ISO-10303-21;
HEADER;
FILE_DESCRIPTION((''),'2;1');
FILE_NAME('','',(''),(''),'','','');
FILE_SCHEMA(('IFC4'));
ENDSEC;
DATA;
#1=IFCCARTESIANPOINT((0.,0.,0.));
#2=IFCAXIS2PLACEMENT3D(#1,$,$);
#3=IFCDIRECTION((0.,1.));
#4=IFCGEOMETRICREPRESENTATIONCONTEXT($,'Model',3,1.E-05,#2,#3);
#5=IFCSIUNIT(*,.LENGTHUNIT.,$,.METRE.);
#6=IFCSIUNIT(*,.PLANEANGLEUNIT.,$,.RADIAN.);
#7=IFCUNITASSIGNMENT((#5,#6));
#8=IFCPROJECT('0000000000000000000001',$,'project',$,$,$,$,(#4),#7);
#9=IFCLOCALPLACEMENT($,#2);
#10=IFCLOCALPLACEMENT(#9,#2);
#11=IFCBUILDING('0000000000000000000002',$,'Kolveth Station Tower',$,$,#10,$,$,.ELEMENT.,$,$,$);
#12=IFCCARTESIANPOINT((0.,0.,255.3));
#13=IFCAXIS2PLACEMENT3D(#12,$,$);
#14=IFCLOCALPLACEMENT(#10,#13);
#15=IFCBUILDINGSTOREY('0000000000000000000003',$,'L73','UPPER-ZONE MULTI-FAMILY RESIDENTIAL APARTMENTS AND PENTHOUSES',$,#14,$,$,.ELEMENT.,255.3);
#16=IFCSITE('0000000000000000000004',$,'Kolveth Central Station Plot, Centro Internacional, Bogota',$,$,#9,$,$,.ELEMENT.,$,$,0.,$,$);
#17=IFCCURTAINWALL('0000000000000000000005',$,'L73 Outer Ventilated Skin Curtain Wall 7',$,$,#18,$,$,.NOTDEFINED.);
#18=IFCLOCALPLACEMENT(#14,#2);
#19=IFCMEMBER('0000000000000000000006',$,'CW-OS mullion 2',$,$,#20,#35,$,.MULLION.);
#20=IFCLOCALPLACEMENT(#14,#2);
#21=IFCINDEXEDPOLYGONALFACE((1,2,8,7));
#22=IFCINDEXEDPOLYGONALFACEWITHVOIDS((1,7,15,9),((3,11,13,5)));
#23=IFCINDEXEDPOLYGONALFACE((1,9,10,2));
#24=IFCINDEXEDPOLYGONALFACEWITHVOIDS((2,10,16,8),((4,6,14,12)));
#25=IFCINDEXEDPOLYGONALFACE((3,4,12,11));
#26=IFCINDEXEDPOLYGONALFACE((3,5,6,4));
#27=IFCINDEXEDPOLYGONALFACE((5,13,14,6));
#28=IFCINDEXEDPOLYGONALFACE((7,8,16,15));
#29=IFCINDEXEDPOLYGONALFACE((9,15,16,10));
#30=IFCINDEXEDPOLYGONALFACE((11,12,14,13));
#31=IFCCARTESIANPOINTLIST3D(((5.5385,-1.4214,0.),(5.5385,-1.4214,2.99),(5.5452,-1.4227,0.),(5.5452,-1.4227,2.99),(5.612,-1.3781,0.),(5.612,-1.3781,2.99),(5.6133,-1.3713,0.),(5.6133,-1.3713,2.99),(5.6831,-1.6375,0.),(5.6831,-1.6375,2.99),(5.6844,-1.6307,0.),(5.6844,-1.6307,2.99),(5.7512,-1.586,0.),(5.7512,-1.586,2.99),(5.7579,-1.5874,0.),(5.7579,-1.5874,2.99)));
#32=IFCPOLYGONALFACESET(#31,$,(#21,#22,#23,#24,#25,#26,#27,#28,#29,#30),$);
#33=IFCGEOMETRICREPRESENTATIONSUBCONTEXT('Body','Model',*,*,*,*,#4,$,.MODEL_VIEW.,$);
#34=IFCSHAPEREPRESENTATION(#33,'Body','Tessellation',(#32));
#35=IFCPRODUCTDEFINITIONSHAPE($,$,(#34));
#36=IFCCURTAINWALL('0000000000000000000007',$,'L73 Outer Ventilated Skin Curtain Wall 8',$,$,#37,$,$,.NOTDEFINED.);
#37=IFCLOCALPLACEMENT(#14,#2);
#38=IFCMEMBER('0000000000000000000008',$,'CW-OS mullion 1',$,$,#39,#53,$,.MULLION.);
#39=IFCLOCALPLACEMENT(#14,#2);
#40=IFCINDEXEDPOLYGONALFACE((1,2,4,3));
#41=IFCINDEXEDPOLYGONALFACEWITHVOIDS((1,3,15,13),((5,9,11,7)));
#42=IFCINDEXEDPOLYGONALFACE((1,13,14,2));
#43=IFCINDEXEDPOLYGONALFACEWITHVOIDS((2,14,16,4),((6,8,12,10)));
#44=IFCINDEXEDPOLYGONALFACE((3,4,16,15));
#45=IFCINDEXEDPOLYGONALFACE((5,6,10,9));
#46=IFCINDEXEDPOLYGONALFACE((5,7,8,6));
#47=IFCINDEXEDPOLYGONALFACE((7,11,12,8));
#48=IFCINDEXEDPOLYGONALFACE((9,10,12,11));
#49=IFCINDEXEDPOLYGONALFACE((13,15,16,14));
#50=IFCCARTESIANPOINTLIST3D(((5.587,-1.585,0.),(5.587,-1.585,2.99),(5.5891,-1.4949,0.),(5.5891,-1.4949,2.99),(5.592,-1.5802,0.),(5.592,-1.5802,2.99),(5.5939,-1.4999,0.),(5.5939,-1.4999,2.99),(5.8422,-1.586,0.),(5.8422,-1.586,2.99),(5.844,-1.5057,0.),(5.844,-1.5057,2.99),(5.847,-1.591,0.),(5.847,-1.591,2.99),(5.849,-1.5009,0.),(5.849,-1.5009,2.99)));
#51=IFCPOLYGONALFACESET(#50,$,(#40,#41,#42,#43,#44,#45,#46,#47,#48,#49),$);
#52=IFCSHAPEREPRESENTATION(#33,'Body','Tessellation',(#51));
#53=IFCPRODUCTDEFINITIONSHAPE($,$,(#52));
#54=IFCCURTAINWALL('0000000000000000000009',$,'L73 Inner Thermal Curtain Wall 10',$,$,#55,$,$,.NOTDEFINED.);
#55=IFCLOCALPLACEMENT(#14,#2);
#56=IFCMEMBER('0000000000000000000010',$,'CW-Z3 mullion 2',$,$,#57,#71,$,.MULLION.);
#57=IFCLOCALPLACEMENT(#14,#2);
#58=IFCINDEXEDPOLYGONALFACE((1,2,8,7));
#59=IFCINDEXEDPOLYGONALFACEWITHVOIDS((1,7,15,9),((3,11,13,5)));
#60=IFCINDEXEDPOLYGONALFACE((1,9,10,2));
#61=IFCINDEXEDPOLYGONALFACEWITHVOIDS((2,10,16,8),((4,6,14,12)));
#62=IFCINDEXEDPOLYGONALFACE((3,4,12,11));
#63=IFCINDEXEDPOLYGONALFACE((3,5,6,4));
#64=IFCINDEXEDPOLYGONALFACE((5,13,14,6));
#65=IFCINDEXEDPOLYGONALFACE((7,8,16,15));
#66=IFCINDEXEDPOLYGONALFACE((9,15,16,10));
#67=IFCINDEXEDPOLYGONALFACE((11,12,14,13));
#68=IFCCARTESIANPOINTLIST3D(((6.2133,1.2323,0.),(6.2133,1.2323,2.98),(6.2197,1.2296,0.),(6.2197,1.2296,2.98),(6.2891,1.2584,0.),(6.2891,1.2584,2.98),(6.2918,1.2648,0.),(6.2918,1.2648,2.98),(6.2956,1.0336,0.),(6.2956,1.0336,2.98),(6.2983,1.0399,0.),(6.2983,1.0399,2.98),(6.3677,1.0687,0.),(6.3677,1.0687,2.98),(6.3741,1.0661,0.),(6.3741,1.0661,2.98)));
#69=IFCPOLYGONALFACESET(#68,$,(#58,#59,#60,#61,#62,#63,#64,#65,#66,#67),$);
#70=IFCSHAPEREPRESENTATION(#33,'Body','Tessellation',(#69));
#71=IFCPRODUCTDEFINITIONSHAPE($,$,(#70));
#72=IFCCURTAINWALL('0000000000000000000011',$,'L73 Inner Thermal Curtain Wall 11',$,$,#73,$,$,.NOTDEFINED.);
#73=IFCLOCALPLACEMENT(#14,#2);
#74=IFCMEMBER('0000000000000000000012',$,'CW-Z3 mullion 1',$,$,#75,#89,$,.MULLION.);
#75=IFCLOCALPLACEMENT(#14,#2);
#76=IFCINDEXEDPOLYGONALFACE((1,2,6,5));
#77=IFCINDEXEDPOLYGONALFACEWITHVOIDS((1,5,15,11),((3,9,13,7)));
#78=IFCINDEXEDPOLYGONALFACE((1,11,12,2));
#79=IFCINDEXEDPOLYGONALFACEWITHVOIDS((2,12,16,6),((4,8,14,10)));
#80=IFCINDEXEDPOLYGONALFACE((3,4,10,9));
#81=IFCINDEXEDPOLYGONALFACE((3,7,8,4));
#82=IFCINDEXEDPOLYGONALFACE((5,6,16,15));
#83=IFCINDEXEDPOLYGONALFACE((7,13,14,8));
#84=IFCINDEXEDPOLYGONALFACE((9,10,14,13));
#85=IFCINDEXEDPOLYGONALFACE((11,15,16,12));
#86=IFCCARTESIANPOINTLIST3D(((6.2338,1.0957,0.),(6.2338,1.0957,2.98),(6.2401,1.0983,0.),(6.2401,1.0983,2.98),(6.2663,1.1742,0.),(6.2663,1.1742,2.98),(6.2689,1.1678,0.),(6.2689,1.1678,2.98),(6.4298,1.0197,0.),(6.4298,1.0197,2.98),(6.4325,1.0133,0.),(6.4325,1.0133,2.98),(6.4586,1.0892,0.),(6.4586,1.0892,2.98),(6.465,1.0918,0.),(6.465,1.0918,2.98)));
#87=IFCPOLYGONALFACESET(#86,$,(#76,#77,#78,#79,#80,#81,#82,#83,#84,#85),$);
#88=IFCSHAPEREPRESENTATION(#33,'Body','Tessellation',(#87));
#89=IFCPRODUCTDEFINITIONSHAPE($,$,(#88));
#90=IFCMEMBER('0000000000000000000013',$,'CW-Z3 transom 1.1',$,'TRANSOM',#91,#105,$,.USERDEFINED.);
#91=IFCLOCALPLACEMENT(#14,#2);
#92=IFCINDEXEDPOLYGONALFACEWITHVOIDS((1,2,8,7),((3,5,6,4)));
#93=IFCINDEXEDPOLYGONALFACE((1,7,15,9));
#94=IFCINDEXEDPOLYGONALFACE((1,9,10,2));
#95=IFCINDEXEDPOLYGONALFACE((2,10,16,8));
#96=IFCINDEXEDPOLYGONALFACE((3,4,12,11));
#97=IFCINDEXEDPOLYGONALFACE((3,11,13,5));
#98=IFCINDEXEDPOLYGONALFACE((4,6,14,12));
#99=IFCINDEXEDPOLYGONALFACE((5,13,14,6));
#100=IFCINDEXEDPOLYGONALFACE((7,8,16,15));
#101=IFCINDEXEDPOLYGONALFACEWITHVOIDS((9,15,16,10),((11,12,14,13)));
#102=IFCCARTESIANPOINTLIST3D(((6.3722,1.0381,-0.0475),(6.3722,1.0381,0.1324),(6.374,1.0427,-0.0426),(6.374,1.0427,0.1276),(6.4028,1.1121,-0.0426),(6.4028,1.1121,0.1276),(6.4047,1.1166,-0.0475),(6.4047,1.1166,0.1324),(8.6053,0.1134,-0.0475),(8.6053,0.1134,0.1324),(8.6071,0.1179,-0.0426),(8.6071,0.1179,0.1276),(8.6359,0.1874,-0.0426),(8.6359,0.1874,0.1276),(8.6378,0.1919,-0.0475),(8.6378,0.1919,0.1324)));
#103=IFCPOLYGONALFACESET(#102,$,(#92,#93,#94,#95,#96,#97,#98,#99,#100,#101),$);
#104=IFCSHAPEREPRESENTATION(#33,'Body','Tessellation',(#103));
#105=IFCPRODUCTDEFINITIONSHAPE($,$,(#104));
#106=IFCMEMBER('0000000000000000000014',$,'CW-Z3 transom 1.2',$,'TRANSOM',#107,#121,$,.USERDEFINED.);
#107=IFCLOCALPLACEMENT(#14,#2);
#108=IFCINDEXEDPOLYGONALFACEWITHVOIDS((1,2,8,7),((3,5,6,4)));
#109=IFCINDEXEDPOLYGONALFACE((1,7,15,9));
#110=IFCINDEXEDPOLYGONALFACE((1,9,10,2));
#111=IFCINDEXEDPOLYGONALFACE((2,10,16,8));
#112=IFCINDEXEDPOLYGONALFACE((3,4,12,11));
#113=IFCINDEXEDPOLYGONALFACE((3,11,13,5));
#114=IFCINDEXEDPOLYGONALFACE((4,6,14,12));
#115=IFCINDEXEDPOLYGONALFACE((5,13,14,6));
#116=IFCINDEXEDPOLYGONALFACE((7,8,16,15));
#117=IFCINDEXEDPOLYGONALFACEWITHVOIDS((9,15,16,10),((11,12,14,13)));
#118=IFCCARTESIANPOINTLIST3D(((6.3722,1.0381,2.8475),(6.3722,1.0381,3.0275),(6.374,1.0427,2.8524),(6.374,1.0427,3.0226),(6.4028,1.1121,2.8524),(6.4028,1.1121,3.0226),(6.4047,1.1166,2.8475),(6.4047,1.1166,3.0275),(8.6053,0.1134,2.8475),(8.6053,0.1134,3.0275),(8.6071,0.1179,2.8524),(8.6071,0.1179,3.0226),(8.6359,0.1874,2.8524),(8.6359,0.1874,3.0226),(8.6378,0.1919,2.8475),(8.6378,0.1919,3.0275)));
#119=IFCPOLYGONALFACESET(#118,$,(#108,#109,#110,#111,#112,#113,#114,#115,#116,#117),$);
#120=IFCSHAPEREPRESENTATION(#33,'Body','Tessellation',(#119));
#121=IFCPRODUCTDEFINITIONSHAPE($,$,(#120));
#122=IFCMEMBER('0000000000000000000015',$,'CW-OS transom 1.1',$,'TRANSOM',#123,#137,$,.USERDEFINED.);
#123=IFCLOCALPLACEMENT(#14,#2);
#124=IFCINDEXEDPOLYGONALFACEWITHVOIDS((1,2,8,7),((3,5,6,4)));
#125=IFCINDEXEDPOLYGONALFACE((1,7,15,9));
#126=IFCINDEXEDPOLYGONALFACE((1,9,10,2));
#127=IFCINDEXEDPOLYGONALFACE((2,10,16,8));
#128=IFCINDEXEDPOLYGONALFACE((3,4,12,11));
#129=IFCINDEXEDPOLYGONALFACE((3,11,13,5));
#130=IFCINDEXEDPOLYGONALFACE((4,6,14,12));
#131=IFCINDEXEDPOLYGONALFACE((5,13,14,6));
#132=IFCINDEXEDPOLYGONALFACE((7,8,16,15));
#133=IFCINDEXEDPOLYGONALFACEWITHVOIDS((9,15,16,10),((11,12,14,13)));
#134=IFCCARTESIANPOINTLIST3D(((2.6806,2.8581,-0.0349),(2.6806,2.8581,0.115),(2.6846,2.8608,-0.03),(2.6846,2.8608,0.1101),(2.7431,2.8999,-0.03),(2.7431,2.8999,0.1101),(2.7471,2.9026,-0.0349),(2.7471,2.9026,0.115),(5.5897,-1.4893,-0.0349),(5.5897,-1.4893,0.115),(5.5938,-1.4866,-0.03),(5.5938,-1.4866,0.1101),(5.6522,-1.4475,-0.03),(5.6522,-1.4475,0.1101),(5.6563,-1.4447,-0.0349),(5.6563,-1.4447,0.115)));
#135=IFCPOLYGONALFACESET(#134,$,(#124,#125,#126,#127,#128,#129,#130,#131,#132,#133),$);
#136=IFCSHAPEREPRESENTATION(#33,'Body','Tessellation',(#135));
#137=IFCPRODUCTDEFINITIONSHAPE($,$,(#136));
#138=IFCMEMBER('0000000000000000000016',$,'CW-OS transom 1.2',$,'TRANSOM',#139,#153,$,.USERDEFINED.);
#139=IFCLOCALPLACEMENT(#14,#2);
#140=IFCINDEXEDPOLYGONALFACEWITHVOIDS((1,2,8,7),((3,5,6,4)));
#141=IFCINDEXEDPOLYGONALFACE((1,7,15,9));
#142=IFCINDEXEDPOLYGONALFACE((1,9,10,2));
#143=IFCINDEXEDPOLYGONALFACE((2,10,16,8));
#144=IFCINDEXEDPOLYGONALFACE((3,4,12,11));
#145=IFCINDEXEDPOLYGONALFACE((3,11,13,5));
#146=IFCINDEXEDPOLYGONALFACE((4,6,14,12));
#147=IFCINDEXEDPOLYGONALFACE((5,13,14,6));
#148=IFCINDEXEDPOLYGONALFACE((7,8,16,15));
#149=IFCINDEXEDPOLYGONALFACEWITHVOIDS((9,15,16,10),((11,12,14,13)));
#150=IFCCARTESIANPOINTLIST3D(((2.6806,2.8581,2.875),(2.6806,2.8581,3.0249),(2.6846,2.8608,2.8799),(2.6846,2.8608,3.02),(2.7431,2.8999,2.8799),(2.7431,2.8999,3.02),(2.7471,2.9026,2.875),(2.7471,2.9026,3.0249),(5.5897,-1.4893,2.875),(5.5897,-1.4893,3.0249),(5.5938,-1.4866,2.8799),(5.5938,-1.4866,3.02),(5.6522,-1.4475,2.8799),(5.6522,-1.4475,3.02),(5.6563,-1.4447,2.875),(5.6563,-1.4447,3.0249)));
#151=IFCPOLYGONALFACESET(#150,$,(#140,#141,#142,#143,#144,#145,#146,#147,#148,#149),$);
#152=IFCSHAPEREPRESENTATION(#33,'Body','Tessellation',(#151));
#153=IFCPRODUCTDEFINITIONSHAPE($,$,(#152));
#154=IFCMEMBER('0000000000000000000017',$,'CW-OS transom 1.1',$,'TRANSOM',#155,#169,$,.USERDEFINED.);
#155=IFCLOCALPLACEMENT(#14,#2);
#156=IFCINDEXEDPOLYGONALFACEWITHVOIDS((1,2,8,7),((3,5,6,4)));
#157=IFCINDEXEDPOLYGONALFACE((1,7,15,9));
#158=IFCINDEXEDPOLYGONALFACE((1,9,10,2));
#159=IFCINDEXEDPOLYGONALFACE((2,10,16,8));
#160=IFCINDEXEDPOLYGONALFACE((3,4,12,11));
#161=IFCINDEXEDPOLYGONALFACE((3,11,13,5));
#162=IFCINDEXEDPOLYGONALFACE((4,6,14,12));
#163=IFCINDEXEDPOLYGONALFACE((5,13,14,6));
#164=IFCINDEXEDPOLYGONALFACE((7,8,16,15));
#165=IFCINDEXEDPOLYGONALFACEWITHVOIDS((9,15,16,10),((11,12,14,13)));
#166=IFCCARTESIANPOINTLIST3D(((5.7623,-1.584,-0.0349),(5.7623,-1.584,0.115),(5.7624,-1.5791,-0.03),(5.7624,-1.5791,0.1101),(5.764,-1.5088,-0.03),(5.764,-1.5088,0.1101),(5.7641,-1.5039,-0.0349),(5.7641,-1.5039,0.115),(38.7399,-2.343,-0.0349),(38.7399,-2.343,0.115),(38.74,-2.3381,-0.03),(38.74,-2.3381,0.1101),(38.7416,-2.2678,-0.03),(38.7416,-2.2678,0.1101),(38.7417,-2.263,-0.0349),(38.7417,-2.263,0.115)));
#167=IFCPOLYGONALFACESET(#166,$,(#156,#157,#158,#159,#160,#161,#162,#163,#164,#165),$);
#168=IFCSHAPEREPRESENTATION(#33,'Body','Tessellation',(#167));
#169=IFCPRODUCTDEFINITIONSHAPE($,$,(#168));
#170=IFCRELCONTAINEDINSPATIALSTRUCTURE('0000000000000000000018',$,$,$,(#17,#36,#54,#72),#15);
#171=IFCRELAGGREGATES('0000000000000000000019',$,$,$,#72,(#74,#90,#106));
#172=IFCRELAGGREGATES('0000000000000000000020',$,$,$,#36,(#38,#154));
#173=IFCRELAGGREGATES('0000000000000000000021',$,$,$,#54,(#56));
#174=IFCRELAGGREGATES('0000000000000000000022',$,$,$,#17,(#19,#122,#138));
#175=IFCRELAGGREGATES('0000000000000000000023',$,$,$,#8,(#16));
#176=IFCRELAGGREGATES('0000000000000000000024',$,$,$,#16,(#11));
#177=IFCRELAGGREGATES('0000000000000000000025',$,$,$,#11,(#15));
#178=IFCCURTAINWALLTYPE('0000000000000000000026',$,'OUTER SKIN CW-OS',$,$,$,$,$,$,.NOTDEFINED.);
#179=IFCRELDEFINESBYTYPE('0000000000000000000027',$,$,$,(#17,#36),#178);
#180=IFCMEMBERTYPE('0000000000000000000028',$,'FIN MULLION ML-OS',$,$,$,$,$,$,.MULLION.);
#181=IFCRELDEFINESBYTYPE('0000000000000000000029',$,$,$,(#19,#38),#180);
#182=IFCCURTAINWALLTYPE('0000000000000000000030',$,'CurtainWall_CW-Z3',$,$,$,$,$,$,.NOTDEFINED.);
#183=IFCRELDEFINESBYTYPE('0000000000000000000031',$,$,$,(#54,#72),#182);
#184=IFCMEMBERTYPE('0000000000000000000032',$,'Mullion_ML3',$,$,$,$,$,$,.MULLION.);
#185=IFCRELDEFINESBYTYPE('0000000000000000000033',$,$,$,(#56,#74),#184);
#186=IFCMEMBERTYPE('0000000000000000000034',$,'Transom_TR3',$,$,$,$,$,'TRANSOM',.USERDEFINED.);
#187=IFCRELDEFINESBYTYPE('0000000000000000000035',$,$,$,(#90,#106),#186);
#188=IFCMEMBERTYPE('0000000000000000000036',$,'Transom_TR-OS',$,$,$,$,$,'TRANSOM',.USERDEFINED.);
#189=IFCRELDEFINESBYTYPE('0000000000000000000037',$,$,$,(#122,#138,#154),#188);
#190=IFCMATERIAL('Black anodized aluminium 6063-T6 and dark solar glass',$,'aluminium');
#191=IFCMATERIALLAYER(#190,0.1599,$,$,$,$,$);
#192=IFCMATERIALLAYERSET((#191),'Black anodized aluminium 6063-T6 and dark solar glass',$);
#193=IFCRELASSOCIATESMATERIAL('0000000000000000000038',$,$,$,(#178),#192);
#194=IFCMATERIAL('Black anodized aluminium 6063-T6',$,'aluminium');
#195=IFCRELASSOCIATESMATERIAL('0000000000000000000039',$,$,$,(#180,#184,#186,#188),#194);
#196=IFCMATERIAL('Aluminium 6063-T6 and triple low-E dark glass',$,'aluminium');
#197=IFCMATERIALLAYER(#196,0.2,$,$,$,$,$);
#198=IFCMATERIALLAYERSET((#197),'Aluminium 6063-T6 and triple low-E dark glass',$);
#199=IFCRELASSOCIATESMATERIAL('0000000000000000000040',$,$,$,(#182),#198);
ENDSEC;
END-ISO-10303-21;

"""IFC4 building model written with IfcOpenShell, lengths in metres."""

from ifc_helpers import new_model, si_unit, direction, frame, origin, origin_2d, place, context, subcontext, project, spatial, hollow_rectangle, extrude, source, transform, mapped, material, layer, layer_set, material_profile, profile_set, type_object, element, aggregate, save


model = new_model("IFC4")

# Units and contexts
model_context = context("Model", 3, precision=1e-05, world=origin(), true_north=direction((0.0, 1.0)))
body_context = subcontext(model_context, "Body", "Model", "MODEL_VIEW")
ifc_project = project(units=[si_unit("LENGTHUNIT", "METRE"), si_unit("PLANEANGLEUNIT", "RADIAN")], contexts=[model_context])

# Site, building, storey
site_placement = place(None, origin())
site = spatial("IfcSite", under=ifc_project, at=site_placement, Name="Kolveth Central Station Plot, Centro Internacional, Bogota", CompositionType="ELEMENT", RefElevation=0.0)
building_placement = place(site_placement, origin())
building = spatial("IfcBuilding", under=site, at=building_placement, Name="Kolveth Station Tower", CompositionType="ELEMENT")
storey_placement = place(building_placement, frame((0.0, 0.0, 255.3)))
storey = spatial("IfcBuildingStorey", under=building, at=storey_placement, Name="L73", Description="UPPER-ZONE MULTI-FAMILY RESIDENTIAL APARTMENTS AND PENTHOUSES", CompositionType="ELEMENT", Elevation=255.3)

# Curtain walls, members
ifc_material_1 = material(Name="Black anodized aluminium 6063-T6 and dark solar glass", Category="aluminium")
ifc_layer_1 = layer(ifc_material_1, 0.1599)
ifc_layer_set_1 = layer_set([ifc_layer_1], Name="Black anodized aluminium 6063-T6 and dark solar glass")
curtain_wall_type_1 = type_object("IfcCurtainWallType", Name="OUTER SKIN CW-OS", PredefinedType="NOTDEFINED", material=ifc_layer_set_1)
curtain_wall_1_placement = place(storey_placement, origin())
curtain_wall_1 = element("IfcCurtainWall", 1, at=curtain_wall_1_placement, inside=storey, type_object=curtain_wall_type_1, Name="L73 Outer Ventilated Skin Curtain Wall 7", PredefinedType="NOTDEFINED")
ifc_material_2 = material(Name="Black anodized aluminium 6063-T6", Category="aluminium")
ifc_material_profile_1 = material_profile(ifc_material_2, hollow_rectangle(XDim=0.0901, YDim=0.26, WallThickness=0.0049, at=origin_2d()), Name="ALU-90x260x5")
ifc_profile_set_1 = profile_set([ifc_material_profile_1], Name="Black anodized aluminium 6063-T6")
member_type_1 = type_object("IfcMemberType", Name="FIN MULLION ML-OS", PredefinedType="MULLION", material=ifc_profile_set_1)
shared_shape_1 = source(origin(), body_context, "Body", "SweptSolid", [
    extrude(hollow_rectangle(XDim=0.0901, YDim=0.26, WallThickness=0.0049, at=origin_2d()), origin(), (0.0, 0.0, 1.0), 2.99),
])
member_1_placement = place(storey_placement, frame((5.6482, -1.5044, 0.0), z_axis=(0.0, 0.0, 1.0), x_axis=(0.831094, 0.556132, 0.0)))
member_1 = element("IfcMember", 2, at=member_1_placement, type_object=member_type_1, Name="CW-OS mullion 2", PredefinedType="MULLION", context=body_context, shape_type="MappedRepresentation", body=[
    mapped(shared_shape_1, transform((0.0, 0.0, 0.0), x_axis=(1.0, 0.0, 0.0), y_axis=(0.0, 1.0, 0.0), z_axis=(0.0, 0.0, 1.0), scale=1.0)),
])
curtain_wall_2_placement = place(storey_placement, origin())
curtain_wall_2 = element("IfcCurtainWall", 3, at=curtain_wall_2_placement, inside=storey, type_object=curtain_wall_type_1, Name="L73 Outer Ventilated Skin Curtain Wall 8", PredefinedType="NOTDEFINED")
member_2_placement = place(storey_placement, frame((5.718, -1.543, 0.0), z_axis=(0.0, 0.0, 1.0), x_axis=(0.023011, 0.999735, 0.0)))
member_2 = element("IfcMember", 4, at=member_2_placement, type_object=member_type_1, Name="CW-OS mullion 1", PredefinedType="MULLION", context=body_context, shape_type="MappedRepresentation", body=[
    mapped(shared_shape_1, transform((0.0, 0.0, 0.0), x_axis=(1.0, 0.0, 0.0), y_axis=(0.0, 1.0, 0.0), z_axis=(0.0, 0.0, 1.0), scale=1.0)),
])
ifc_material_3 = material(Name="Aluminium 6063-T6 and triple low-E dark glass", Category="aluminium")
ifc_layer_2 = layer(ifc_material_3, 0.2)
ifc_layer_set_2 = layer_set([ifc_layer_2], Name="Aluminium 6063-T6 and triple low-E dark glass")
curtain_wall_type_2 = type_object("IfcCurtainWallType", Name="CurtainWall_CW-Z3", PredefinedType="NOTDEFINED", material=ifc_layer_set_2)
curtain_wall_3_placement = place(storey_placement, origin())
curtain_wall_3 = element("IfcCurtainWall", 5, at=curtain_wall_3_placement, inside=storey, type_object=curtain_wall_type_2, Name="L73 Inner Thermal Curtain Wall 10", PredefinedType="NOTDEFINED")
ifc_material_profile_2 = material_profile(ifc_material_2, hollow_rectangle(XDim=0.085, YDim=0.2151, WallThickness=0.0049, at=origin_2d()), Name="ALU-85x215x5")
ifc_profile_set_2 = profile_set([ifc_material_profile_2], Name="Black anodized aluminium 6063-T6")
member_type_2 = type_object("IfcMemberType", Name="Mullion_ML3", PredefinedType="MULLION", material=ifc_profile_set_2)
shared_shape_2 = source(origin(), body_context, "Body", "SweptSolid", [
    extrude(hollow_rectangle(XDim=0.085, YDim=0.2151, WallThickness=0.0049, at=origin_2d()), origin(), (0.0, 0.0, 1.0), 2.98),
])
member_3_placement = place(storey_placement, frame((6.2937, 1.1492, 0.0), z_axis=(0.0, 0.0, 1.0), x_axis=(0.923875, 0.382693, 0.0)))
member_3 = element("IfcMember", 6, at=member_3_placement, type_object=member_type_2, Name="CW-Z3 mullion 2", PredefinedType="MULLION", context=body_context, shape_type="MappedRepresentation", body=[
    mapped(shared_shape_2, transform((0.0, 0.0, 0.0), x_axis=(1.0, 0.0, 0.0), y_axis=(0.0, 1.0, 0.0), z_axis=(0.0, 0.0, 1.0), scale=1.0)),
])

# Curtain wall, members
curtain_wall_4_placement = place(storey_placement, origin())
curtain_wall_4 = element("IfcCurtainWall", 7, at=curtain_wall_4_placement, inside=storey, type_object=curtain_wall_type_2, Name="L73 Inner Thermal Curtain Wall 11", PredefinedType="NOTDEFINED")
member_4_placement = place(storey_placement, frame((6.3494, 1.0938, 0.0), z_axis=(0.0, 0.0, 1.0), x_axis=(0.382693, 0.923875, 0.0)))
member_4 = element("IfcMember", 8, at=member_4_placement, type_object=member_type_2, Name="CW-Z3 mullion 1", PredefinedType="MULLION", context=body_context, shape_type="MappedRepresentation", body=[
    mapped(shared_shape_2, transform((0.0, 0.0, 0.0), x_axis=(1.0, 0.0, 0.0), y_axis=(0.0, 1.0, 0.0), z_axis=(0.0, 0.0, 1.0), scale=1.0)),
])
ifc_material_profile_3 = material_profile(ifc_material_2, hollow_rectangle(XDim=0.085, YDim=0.1799, WallThickness=0.0049, at=origin_2d()), Name="ALU-85x180x5")
ifc_profile_set_3 = profile_set([ifc_material_profile_3], Name="Black anodized aluminium 6063-T6")
member_type_3 = type_object("IfcMemberType", Name="Transom_TR3", ElementType="TRANSOM", PredefinedType="USERDEFINED", material=ifc_profile_set_3)
shared_shape_3 = source(origin(), body_context, "Body", "SweptSolid", [
    extrude(hollow_rectangle(XDim=0.085, YDim=0.1799, WallThickness=0.0049, at=origin_2d()), origin(), (0.0, 0.0, 1.0), 2.417),
])
member_5_placement = place(storey_placement, frame((6.3884, 1.0774, 0.0425), z_axis=(0.923909, -0.382613, 0.0), x_axis=(0.382613, 0.923909, 0.0)))
member_5 = element("IfcMember", 9, at=member_5_placement, type_object=member_type_3, Name="CW-Z3 transom 1.1", ObjectType="TRANSOM", PredefinedType="USERDEFINED", context=body_context, shape_type="MappedRepresentation", body=[
    mapped(shared_shape_3, transform((0.0, 0.0, 0.0), x_axis=(1.0, 0.0, 0.0), y_axis=(0.0, 1.0, 0.0), z_axis=(0.0, 0.0, 1.0), scale=1.0)),
])
member_6_placement = place(storey_placement, frame((6.3884, 1.0774, 2.9375), z_axis=(0.923909, -0.382613, 0.0), x_axis=(0.382613, 0.923909, 0.0)))
member_6 = element("IfcMember", 10, at=member_6_placement, type_object=member_type_3, Name="CW-Z3 transom 1.2", ObjectType="TRANSOM", PredefinedType="USERDEFINED", context=body_context, shape_type="MappedRepresentation", body=[
    mapped(shared_shape_3, transform((0.0, 0.0, 0.0), x_axis=(1.0, 0.0, 0.0), y_axis=(0.0, 1.0, 0.0), z_axis=(0.0, 0.0, 1.0), scale=1.0)),
])
aggregate(curtain_wall_4, [member_4, member_5, member_6])

# Members
ifc_material_profile_4 = material_profile(ifc_material_2, hollow_rectangle(XDim=0.0801, YDim=0.1499, WallThickness=0.0049, at=origin_2d()), Name="ALU-80x150x5")
ifc_profile_set_4 = profile_set([ifc_material_profile_4], Name="Black anodized aluminium 6063-T6")
member_type_4 = type_object("IfcMemberType", Name="Transom_TR-OS", ElementType="TRANSOM", PredefinedType="USERDEFINED", material=ifc_profile_set_4)
shared_shape_4 = source(origin(), body_context, "Body", "SweptSolid", [
    extrude(hollow_rectangle(XDim=0.0801, YDim=0.1499, WallThickness=0.0049, at=origin_2d()), origin(), (0.0, 0.0, 1.0), 5.231),
])
member_7_placement = place(storey_placement, frame((2.7139, 2.8804, 0.04), z_axis=(0.556143, -0.831087, 0.0), x_axis=(0.831087, 0.556143, 0.0)))
member_7 = element("IfcMember", 11, at=member_7_placement, type_object=member_type_4, Name="CW-OS transom 1.1", ObjectType="TRANSOM", PredefinedType="USERDEFINED", context=body_context, shape_type="MappedRepresentation", body=[
    mapped(shared_shape_4, transform((0.0, 0.0, 0.0), x_axis=(1.0, 0.0, 0.0), y_axis=(0.0, 1.0, 0.0), z_axis=(0.0, 0.0, 1.0), scale=1.0)),
])
member_8_placement = place(storey_placement, frame((2.7139, 2.8804, 2.95), z_axis=(0.556143, -0.831087, 0.0), x_axis=(0.831087, 0.556143, 0.0)))
member_8 = element("IfcMember", 12, at=member_8_placement, type_object=member_type_4, Name="CW-OS transom 1.2", ObjectType="TRANSOM", PredefinedType="USERDEFINED", context=body_context, shape_type="MappedRepresentation", body=[
    mapped(shared_shape_4, transform((0.0, 0.0, 0.0), x_axis=(1.0, 0.0, 0.0), y_axis=(0.0, 1.0, 0.0), z_axis=(0.0, 0.0, 1.0), scale=1.0)),
])
shared_shape_5 = source(origin(), body_context, "Body", "SweptSolid", [
    extrude(hollow_rectangle(XDim=0.0801, YDim=0.1499, WallThickness=0.0049, at=origin_2d()), origin(), (0.0, 0.0, 1.0), 32.9863),
])
member_9_placement = place(storey_placement, frame((5.7632, -1.5439, 0.04), z_axis=(0.999735, -0.023011, 0.0), x_axis=(0.023011, 0.999735, 0.0)))
member_9 = element("IfcMember", 13, at=member_9_placement, type_object=member_type_4, Name="CW-OS transom 1.1", ObjectType="TRANSOM", PredefinedType="USERDEFINED", context=body_context, shape_type="MappedRepresentation", body=[
    mapped(shared_shape_5, transform((0.0, 0.0, 0.0), x_axis=(1.0, 0.0, 0.0), y_axis=(0.0, 1.0, 0.0), z_axis=(0.0, 0.0, 1.0), scale=1.0)),
])
aggregate(curtain_wall_2, [member_2, member_9])

aggregate(curtain_wall_3, [member_3])
aggregate(curtain_wall_1, [member_1, member_7, member_8])

save(model, "model.ifc")
